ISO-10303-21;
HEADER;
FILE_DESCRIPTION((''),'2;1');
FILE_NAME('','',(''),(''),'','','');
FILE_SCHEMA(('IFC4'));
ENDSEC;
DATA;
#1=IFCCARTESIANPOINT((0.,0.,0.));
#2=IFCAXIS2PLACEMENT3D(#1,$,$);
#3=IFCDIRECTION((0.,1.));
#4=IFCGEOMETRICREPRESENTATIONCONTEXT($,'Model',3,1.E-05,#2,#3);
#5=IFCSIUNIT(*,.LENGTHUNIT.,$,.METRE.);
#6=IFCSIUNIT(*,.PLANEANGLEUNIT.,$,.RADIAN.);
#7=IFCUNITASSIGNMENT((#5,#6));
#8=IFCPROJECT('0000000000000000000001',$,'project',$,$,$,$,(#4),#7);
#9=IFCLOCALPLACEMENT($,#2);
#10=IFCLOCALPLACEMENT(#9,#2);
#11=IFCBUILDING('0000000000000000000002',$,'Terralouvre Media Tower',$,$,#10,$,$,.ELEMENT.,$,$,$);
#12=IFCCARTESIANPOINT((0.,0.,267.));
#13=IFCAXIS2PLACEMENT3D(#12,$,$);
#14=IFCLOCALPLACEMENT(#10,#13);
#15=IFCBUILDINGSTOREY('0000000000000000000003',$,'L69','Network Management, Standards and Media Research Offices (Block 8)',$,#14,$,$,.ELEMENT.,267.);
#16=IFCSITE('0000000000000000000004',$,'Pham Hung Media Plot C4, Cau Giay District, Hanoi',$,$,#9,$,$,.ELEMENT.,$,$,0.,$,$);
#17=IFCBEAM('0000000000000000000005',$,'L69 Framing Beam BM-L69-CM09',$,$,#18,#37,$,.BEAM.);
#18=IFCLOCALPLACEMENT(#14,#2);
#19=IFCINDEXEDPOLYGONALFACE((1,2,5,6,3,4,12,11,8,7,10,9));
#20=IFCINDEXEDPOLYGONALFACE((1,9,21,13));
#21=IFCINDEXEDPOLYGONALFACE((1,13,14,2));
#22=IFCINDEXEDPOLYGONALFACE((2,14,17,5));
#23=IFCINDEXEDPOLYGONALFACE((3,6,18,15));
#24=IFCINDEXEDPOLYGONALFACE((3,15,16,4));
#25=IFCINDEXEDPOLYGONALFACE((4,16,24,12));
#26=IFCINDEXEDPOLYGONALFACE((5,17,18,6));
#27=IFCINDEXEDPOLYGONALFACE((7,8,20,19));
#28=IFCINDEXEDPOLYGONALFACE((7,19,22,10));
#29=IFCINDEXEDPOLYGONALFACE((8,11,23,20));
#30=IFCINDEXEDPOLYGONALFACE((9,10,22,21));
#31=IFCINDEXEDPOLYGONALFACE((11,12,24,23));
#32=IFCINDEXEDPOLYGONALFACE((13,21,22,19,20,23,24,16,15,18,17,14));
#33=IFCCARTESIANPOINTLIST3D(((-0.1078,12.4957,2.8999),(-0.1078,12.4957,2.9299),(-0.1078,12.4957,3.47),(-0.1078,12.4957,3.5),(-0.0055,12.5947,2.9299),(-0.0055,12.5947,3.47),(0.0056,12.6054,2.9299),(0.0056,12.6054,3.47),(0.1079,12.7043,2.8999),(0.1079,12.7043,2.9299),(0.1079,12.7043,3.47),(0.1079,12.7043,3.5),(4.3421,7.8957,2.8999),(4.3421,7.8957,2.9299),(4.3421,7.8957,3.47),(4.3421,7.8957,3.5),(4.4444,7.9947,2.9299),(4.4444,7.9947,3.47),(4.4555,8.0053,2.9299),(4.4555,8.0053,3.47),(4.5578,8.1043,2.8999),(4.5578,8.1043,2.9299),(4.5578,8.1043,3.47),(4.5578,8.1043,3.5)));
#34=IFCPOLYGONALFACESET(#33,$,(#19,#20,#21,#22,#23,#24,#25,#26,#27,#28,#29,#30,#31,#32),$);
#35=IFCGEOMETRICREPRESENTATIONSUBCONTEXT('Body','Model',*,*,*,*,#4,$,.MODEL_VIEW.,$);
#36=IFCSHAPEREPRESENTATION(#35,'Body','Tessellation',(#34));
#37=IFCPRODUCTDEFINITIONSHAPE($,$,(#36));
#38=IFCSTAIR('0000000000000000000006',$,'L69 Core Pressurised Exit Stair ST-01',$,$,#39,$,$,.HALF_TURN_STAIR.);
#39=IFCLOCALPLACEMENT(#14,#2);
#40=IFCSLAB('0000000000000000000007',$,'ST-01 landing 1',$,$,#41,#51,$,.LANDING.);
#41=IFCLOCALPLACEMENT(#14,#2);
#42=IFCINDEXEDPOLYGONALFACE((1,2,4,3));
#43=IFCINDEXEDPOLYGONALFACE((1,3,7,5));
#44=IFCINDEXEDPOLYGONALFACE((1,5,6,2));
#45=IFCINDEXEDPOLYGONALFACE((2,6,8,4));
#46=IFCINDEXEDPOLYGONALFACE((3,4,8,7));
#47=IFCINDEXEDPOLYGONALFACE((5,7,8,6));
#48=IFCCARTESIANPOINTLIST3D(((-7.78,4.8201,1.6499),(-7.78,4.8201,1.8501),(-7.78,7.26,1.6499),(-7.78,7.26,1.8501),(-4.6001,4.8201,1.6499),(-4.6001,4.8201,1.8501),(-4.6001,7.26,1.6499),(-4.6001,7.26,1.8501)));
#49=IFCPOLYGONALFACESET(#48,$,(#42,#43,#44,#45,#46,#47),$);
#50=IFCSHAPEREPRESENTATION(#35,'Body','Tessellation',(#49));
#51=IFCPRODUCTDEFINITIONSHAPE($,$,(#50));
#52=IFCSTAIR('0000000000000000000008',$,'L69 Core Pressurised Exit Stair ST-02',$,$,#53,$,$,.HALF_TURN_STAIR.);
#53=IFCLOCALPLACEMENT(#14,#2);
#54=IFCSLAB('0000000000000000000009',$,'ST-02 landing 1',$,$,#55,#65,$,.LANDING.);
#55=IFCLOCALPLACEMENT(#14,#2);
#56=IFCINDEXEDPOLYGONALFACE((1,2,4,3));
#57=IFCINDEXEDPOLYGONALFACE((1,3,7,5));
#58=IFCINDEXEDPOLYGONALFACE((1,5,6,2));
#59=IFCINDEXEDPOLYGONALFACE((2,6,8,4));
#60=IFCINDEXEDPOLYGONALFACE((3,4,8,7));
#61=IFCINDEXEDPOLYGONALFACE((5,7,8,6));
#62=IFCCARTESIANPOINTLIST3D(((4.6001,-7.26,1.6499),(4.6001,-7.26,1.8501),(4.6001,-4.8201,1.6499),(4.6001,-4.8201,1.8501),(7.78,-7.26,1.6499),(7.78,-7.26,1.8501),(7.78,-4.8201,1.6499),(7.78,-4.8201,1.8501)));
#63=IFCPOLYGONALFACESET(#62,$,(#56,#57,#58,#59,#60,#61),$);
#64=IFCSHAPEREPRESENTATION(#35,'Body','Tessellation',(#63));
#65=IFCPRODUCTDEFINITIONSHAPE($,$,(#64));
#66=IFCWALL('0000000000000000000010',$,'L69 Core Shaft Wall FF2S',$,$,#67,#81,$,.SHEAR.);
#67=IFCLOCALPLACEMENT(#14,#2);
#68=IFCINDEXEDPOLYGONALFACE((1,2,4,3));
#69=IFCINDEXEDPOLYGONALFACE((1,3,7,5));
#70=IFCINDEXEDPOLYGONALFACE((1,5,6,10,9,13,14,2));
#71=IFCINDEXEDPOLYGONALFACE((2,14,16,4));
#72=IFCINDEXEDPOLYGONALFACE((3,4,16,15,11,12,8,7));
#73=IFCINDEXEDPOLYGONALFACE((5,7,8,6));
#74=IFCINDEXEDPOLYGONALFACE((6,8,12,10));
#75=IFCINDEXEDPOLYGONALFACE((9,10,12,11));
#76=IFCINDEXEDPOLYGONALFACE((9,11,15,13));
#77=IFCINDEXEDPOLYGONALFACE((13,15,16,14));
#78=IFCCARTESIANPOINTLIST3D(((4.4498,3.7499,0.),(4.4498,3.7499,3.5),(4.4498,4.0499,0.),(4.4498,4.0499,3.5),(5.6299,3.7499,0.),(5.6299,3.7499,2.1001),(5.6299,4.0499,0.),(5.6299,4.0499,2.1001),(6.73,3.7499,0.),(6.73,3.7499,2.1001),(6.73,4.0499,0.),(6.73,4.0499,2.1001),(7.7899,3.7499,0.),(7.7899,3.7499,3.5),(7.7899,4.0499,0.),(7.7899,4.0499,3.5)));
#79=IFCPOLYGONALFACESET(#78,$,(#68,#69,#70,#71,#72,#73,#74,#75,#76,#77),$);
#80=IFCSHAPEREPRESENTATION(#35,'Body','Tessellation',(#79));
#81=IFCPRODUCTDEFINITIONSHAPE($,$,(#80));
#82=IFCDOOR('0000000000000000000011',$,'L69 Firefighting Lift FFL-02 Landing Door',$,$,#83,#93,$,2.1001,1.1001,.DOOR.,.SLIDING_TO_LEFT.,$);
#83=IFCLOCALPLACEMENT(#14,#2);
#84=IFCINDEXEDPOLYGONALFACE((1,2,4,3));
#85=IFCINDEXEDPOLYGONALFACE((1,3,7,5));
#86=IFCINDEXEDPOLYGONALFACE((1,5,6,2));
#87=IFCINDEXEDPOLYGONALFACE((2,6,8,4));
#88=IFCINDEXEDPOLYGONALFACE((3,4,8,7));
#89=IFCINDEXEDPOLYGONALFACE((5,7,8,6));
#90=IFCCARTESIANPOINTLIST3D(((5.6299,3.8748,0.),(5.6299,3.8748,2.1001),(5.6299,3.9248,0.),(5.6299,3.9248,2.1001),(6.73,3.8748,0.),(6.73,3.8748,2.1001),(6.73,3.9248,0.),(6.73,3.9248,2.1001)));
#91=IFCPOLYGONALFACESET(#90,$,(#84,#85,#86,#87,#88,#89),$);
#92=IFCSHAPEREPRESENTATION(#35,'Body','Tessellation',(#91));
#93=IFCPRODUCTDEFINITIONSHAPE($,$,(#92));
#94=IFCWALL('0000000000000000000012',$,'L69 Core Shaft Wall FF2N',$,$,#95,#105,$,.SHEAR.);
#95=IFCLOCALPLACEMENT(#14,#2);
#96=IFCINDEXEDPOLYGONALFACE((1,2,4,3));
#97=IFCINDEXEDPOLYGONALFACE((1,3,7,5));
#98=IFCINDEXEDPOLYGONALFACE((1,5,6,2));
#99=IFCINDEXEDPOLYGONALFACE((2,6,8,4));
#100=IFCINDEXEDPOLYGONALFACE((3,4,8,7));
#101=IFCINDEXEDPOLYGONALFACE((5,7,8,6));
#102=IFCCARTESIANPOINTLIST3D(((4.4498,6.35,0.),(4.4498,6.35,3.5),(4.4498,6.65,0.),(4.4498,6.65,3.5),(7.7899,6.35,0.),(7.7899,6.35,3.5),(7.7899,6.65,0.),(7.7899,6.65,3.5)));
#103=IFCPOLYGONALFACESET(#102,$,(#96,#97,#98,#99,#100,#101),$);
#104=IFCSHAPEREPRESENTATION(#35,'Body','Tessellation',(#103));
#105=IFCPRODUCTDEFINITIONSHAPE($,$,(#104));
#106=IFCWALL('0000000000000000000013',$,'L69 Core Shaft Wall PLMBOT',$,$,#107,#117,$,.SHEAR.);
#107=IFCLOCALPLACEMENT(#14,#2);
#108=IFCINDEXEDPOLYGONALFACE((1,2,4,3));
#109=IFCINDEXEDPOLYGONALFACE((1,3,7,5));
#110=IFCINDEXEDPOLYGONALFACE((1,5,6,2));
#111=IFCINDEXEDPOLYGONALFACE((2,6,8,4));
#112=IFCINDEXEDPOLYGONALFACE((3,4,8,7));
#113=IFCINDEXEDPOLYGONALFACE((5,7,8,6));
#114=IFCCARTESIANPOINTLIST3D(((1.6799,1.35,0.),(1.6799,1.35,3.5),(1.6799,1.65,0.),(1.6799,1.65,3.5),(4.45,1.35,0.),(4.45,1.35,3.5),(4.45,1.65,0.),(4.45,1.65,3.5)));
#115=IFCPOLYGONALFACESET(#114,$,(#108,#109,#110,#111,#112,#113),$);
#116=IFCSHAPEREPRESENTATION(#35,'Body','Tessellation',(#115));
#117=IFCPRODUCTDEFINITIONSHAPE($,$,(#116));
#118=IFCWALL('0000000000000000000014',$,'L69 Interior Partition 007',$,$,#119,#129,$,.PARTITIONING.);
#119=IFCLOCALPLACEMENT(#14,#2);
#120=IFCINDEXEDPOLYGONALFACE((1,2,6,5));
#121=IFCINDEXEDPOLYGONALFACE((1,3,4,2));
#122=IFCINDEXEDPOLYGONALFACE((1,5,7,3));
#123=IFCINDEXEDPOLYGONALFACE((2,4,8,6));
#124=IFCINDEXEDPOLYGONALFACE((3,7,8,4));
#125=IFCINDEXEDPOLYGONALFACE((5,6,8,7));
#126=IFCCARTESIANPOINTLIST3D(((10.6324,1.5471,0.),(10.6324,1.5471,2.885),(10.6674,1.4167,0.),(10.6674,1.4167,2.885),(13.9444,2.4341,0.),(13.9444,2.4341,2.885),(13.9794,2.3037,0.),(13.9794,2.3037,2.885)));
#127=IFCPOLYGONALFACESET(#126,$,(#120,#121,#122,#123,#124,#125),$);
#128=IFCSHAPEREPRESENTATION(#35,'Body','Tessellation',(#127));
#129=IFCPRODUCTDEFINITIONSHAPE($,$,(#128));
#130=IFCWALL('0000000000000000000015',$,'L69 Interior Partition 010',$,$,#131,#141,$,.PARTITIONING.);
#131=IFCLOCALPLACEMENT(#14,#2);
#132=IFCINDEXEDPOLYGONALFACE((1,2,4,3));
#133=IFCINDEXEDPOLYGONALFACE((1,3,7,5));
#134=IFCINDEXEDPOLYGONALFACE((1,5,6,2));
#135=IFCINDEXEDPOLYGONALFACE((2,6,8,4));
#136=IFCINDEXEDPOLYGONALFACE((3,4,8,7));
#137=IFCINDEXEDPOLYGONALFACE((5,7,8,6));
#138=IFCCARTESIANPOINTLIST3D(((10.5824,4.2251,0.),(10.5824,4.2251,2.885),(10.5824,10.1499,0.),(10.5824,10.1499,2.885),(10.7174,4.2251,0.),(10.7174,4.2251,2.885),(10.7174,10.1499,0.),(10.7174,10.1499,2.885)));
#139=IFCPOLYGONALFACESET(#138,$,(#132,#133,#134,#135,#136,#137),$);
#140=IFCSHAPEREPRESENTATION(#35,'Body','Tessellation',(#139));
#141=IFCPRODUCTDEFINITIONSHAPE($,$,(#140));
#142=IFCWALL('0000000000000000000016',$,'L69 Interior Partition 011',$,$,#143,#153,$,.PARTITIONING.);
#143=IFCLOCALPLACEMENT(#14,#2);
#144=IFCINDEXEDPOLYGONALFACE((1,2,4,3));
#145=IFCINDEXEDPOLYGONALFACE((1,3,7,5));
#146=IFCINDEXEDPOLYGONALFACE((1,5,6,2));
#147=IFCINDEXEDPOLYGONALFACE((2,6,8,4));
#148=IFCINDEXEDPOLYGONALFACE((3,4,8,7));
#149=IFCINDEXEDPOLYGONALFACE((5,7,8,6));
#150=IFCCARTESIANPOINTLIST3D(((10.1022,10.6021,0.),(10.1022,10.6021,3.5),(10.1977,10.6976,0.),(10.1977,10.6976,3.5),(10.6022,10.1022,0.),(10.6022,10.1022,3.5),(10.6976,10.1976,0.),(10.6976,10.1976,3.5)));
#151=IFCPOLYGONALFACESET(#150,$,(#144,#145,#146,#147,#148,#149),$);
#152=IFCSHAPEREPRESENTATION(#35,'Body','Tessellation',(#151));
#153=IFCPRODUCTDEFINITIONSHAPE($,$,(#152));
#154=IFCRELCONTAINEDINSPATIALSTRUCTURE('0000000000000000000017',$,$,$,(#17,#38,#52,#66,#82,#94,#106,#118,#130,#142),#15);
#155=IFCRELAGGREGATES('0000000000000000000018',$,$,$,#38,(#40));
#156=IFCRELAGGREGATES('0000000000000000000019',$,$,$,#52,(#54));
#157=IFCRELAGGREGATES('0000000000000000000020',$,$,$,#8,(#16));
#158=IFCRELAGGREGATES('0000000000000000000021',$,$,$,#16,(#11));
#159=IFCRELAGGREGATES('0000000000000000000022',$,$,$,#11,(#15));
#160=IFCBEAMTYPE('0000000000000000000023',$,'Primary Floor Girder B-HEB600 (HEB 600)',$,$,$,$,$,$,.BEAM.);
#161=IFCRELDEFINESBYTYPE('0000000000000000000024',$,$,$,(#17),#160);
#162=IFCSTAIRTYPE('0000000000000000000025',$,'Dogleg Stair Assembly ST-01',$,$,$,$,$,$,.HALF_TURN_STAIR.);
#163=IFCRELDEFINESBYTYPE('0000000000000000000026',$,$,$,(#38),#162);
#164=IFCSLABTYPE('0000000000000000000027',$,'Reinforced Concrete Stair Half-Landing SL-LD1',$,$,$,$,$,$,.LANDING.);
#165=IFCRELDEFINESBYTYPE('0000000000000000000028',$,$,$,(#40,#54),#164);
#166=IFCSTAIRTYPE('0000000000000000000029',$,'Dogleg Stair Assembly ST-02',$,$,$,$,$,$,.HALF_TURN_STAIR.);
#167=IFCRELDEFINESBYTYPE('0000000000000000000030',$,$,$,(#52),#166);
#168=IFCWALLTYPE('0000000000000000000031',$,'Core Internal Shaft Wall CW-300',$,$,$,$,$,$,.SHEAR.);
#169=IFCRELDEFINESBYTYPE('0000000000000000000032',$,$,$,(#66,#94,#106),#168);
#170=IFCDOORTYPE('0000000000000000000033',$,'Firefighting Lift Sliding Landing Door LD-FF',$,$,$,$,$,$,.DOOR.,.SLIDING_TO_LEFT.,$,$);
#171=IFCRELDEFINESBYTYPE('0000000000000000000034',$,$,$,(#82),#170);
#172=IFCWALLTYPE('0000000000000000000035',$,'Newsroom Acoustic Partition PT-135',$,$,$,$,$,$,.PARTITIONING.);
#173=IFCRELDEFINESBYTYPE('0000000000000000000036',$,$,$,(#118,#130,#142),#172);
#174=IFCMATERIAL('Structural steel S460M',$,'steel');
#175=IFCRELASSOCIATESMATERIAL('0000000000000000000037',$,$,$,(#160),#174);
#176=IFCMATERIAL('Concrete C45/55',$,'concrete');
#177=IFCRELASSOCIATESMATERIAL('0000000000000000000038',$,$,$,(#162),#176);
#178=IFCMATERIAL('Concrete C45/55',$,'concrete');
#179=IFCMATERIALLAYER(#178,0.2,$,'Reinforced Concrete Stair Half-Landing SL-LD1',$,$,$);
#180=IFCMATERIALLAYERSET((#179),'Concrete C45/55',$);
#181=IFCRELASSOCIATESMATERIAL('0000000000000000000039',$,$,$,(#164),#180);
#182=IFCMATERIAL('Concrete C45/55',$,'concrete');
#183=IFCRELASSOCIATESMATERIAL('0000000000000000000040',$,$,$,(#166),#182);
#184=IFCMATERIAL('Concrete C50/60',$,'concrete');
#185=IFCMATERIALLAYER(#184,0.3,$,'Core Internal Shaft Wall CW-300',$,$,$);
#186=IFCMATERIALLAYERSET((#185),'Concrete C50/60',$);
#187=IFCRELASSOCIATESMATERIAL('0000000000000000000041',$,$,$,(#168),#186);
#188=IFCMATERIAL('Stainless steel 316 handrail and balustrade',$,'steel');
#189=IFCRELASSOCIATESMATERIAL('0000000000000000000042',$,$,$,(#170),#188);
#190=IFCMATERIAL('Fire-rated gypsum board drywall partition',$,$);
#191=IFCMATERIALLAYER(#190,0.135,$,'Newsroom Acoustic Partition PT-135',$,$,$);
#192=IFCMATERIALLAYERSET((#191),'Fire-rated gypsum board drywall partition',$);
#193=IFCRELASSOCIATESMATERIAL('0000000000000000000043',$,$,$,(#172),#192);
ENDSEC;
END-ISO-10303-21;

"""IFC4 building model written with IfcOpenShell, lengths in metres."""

from ifc_helpers import new_model, si_unit, direction, frame, frame_2d, origin, origin_2d, place, context, subcontext, project, spatial, polyline, rectangle, i_section, outline, extrude, material, layer, layer_set, material_profile, profile_set, type_object, element, fill, aggregate, save


model = new_model("IFC4")

# Units and contexts
model_context = context("Model", 3, precision=1e-05, world=origin(), true_north=direction((0.0, 1.0)))
body_context = subcontext(model_context, "Body", "Model", "MODEL_VIEW")
ifc_project = project(units=[si_unit("LENGTHUNIT", "METRE"), si_unit("PLANEANGLEUNIT", "RADIAN")], contexts=[model_context])

# Site, building, storey
site_placement = place(None, origin())
site = spatial("IfcSite", under=ifc_project, at=site_placement, Name="Pham Hung Media Plot C4, Cau Giay District, Hanoi", CompositionType="ELEMENT", RefElevation=0.0)
building_placement = place(site_placement, origin())
building = spatial("IfcBuilding", under=site, at=building_placement, Name="Terralouvre Media Tower", CompositionType="ELEMENT")
storey_placement = place(building_placement, frame((0.0, 0.0, 267.0)))
storey = spatial("IfcBuildingStorey", under=building, at=storey_placement, Name="L69", Description="Network Management, Standards and Media Research Offices (Block 8)", CompositionType="ELEMENT", Elevation=267.0)

# Beam
ifc_material_1 = material(Name="Structural steel S460M", Category="steel")
ifc_material_profile_1 = material_profile(ifc_material_1, i_section(OverallWidth=0.3, OverallDepth=0.6001, WebThickness=0.0154, FlangeThickness=0.03, at=origin_2d()), Name="HEB 600")
ifc_profile_set_1 = profile_set([ifc_material_profile_1], Name="Structural steel S460M")
beam_type = type_object("IfcBeamType", Name="Primary Floor Girder B-HEB600 (HEB 600)", PredefinedType="BEAM", material=ifc_profile_set_1)
beam_1_placement = place(storey_placement, frame((4.45, 8.0, 3.2), z_axis=(-0.69528, 0.718739, 0.0), x_axis=(-0.718739, -0.69528, 0.0)))
element("IfcBeam", 1, at=beam_1_placement, inside=storey, type_object=beam_type, Name="L69 Framing Beam BM-L69-CM09", PredefinedType="BEAM", context=body_context, shape_type="SweptSolid", body=[
    extrude(i_section(OverallWidth=0.3, OverallDepth=0.6001, WebThickness=0.0154, FlangeThickness=0.03, at=origin_2d()), origin(), (0.0, 0.0, 1.0), 6.4001),
])

# Stairs, slabs
ifc_material_2 = material(Name="Concrete C45/55", Category="concrete")
stair_type_1 = type_object("IfcStairType", Name="Dogleg Stair Assembly ST-01", PredefinedType="HALF_TURN_STAIR", material=ifc_material_2)
stair_1_placement = place(storey_placement, origin())
stair_1 = element("IfcStair", 2, at=stair_1_placement, inside=storey, type_object=stair_type_1, Name="L69 Core Pressurised Exit Stair ST-01", PredefinedType="HALF_TURN_STAIR")
ifc_material_3 = material(Name="Concrete C45/55", Category="concrete")
ifc_layer_1 = layer(ifc_material_3, 0.2, Name="Reinforced Concrete Stair Half-Landing SL-LD1")
ifc_layer_set_1 = layer_set([ifc_layer_1], Name="Concrete C45/55")
slab_type = type_object("IfcSlabType", Name="Reinforced Concrete Stair Half-Landing SL-LD1", PredefinedType="LANDING", material=ifc_layer_set_1)
slab_1_placement = place(storey_placement, frame((0.0, 0.0, 1.6499)))
slab_1 = element("IfcSlab", 3, at=slab_1_placement, type_object=slab_type, Name="ST-01 landing 1", PredefinedType="LANDING", context=body_context, shape_type="SweptSolid", body=[
    extrude(outline(polyline([(-4.6001, 4.8201), (-4.6001, 7.26), (-7.78, 7.26), (-7.78, 4.8201), (-4.6001, 4.8201)])), origin(), (0.0, 0.0, 1.0), 0.2002),
])
aggregate(stair_1, [slab_1])
ifc_material_4 = material(Name="Concrete C45/55", Category="concrete")
stair_type_2 = type_object("IfcStairType", Name="Dogleg Stair Assembly ST-02", PredefinedType="HALF_TURN_STAIR", material=ifc_material_4)
stair_2_placement = place(storey_placement, origin())
stair_2 = element("IfcStair", 4, at=stair_2_placement, inside=storey, type_object=stair_type_2, Name="L69 Core Pressurised Exit Stair ST-02", PredefinedType="HALF_TURN_STAIR")
slab_2_placement = place(storey_placement, frame((0.0, 0.0, 1.6499)))
slab_2 = element("IfcSlab", 5, at=slab_2_placement, type_object=slab_type, Name="ST-02 landing 1", PredefinedType="LANDING", context=body_context, shape_type="SweptSolid", body=[
    extrude(outline(polyline([(4.6001, -4.8201), (4.6001, -7.26), (7.78, -7.26), (7.78, -4.8201), (4.6001, -4.8201)])), origin(), (0.0, 0.0, 1.0), 0.2002),
])
aggregate(stair_2, [slab_2])

# Wall, opening, door
ifc_material_5 = material(Name="Concrete C50/60", Category="concrete")
ifc_layer_2 = layer(ifc_material_5, 0.3, Name="Core Internal Shaft Wall CW-300")
ifc_layer_set_2 = layer_set([ifc_layer_2], Name="Concrete C50/60")
wall_type_1 = type_object("IfcWallType", Name="Core Internal Shaft Wall CW-300", PredefinedType="SHEAR", material=ifc_layer_set_2)
wall_1_placement = place(storey_placement, frame((4.45, 3.8999, 0.0), z_axis=(0.0, 0.0, 1.0), x_axis=(1.0, 0.0, 0.0)))
wall_1 = element("IfcWall", 6, at=wall_1_placement, inside=storey, type_object=wall_type_1, Name="L69 Core Shaft Wall FF2S", PredefinedType="SHEAR", context=body_context, shape_type="SweptSolid", body=[
    extrude(rectangle(XDim=3.3401, YDim=0.3, at=frame_2d((1.6699, 0.0))), origin(), (0.0, 0.0, 1.0), 3.5),
])
opening_placement = place(wall_1_placement, frame((1.1799, 0.0, 0.0)))
opening = element("IfcOpeningElement", 7, at=opening_placement, cuts=wall_1, PredefinedType="OPENING", context=body_context, shape_type="SweptSolid", body=[
    extrude(rectangle(XDim=1.1001, YDim=2.1001, at=frame_2d((0.55, 1.05))), frame((0.0, 0.1599, 0.0), z_axis=(0.0, -1.0, 0.0), x_axis=(1.0, 0.0, 0.0)), (0.0, 0.0, 1.0), 0.3201),
])
ifc_material_6 = material(Name="Stainless steel 316 handrail and balustrade", Category="steel")
door_type = type_object("IfcDoorType", Name="Firefighting Lift Sliding Landing Door LD-FF", OperationType="SLIDING_TO_LEFT", PredefinedType="DOOR", material=ifc_material_6)
door_placement = place(opening_placement, origin())
door = element("IfcDoor", 8, at=door_placement, inside=storey, type_object=door_type, Name="L69 Firefighting Lift FFL-02 Landing Door", OperationType="SLIDING_TO_LEFT", OverallHeight=2.1001, OverallWidth=1.1001, PredefinedType="DOOR", context=body_context, shape_type="SweptSolid", body=[
    extrude(rectangle(XDim=1.1001, YDim=2.1001, at=frame_2d((0.55, 1.05))), frame((0.0, 0.0249, 0.0), z_axis=(0.0, -1.0, 0.0), x_axis=(1.0, 0.0, 0.0)), (0.0, 0.0, 1.0), 0.05),
])
fill(opening, door)

# Walls
wall_2_placement = place(storey_placement, frame((4.45, 6.5, 0.0), z_axis=(0.0, 0.0, 1.0), x_axis=(1.0, 0.0, 0.0)))
element("IfcWall", 9, at=wall_2_placement, inside=storey, type_object=wall_type_1, Name="L69 Core Shaft Wall FF2N", PredefinedType="SHEAR", context=body_context, shape_type="SweptSolid", body=[
    extrude(rectangle(XDim=3.3401, YDim=0.3, at=frame_2d((1.6699, 0.0))), origin(), (0.0, 0.0, 1.0), 3.5),
])
wall_3_placement = place(storey_placement, frame((1.6799, 1.5, 0.0), z_axis=(0.0, 0.0, 1.0), x_axis=(1.0, 0.0, 0.0)))
element("IfcWall", 10, at=wall_3_placement, inside=storey, type_object=wall_type_1, Name="L69 Core Shaft Wall PLMBOT", PredefinedType="SHEAR", context=body_context, shape_type="SweptSolid", body=[
    extrude(rectangle(XDim=2.77, YDim=0.3, at=frame_2d((1.385, 0.0))), origin(), (0.0, 0.0, 1.0), 3.5),
])
ifc_material_7 = material(Name="Fire-rated gypsum board drywall partition")
ifc_layer_3 = layer(ifc_material_7, 0.135, Name="Newsroom Acoustic Partition PT-135")
ifc_layer_set_3 = layer_set([ifc_layer_3], Name="Fire-rated gypsum board drywall partition")
wall_type_2 = type_object("IfcWallType", Name="Newsroom Acoustic Partition PT-135", PredefinedType="PARTITIONING", material=ifc_layer_set_3)
wall_4_placement = place(storey_placement, frame((10.6499, 1.4819, 0.0), z_axis=(0.0, 0.0, 1.0), x_axis=(0.965961, 0.258686, 0.0)))
element("IfcWall", 11, at=wall_4_placement, inside=storey, type_object=wall_type_2, Name="L69 Interior Partition 007", PredefinedType="PARTITIONING", context=body_context, shape_type="SweptSolid", body=[
    extrude(rectangle(XDim=3.4287, YDim=0.135, at=frame_2d((1.7144, 0.0))), origin(), (0.0, 0.0, 1.0), 2.885),
])
wall_5_placement = place(storey_placement, frame((10.6499, 4.2251, 0.0), z_axis=(0.0, 0.0, 1.0), x_axis=(0.0, 1.0, 0.0)))
element("IfcWall", 12, at=wall_5_placement, inside=storey, type_object=wall_type_2, Name="L69 Interior Partition 010", PredefinedType="PARTITIONING", context=body_context, shape_type="SweptSolid", body=[
    extrude(rectangle(XDim=5.9248, YDim=0.135, at=frame_2d((2.9624, 0.0))), origin(), (0.0, 0.0, 1.0), 2.885),
])
wall_6_placement = place(storey_placement, frame((10.6499, 10.1499, 0.0), z_axis=(0.0, 0.0, 1.0), x_axis=(-0.707107, 0.707107, 0.0)))
element("IfcWall", 13, at=wall_6_placement, inside=storey, type_object=wall_type_2, Name="L69 Interior Partition 011", PredefinedType="PARTITIONING", context=body_context, shape_type="SweptSolid", body=[
    extrude(rectangle(XDim=0.707, YDim=0.135, at=frame_2d((0.3535, 0.0))), origin(), (0.0, 0.0, 1.0), 3.5),
])

save(model, "model.ifc")
